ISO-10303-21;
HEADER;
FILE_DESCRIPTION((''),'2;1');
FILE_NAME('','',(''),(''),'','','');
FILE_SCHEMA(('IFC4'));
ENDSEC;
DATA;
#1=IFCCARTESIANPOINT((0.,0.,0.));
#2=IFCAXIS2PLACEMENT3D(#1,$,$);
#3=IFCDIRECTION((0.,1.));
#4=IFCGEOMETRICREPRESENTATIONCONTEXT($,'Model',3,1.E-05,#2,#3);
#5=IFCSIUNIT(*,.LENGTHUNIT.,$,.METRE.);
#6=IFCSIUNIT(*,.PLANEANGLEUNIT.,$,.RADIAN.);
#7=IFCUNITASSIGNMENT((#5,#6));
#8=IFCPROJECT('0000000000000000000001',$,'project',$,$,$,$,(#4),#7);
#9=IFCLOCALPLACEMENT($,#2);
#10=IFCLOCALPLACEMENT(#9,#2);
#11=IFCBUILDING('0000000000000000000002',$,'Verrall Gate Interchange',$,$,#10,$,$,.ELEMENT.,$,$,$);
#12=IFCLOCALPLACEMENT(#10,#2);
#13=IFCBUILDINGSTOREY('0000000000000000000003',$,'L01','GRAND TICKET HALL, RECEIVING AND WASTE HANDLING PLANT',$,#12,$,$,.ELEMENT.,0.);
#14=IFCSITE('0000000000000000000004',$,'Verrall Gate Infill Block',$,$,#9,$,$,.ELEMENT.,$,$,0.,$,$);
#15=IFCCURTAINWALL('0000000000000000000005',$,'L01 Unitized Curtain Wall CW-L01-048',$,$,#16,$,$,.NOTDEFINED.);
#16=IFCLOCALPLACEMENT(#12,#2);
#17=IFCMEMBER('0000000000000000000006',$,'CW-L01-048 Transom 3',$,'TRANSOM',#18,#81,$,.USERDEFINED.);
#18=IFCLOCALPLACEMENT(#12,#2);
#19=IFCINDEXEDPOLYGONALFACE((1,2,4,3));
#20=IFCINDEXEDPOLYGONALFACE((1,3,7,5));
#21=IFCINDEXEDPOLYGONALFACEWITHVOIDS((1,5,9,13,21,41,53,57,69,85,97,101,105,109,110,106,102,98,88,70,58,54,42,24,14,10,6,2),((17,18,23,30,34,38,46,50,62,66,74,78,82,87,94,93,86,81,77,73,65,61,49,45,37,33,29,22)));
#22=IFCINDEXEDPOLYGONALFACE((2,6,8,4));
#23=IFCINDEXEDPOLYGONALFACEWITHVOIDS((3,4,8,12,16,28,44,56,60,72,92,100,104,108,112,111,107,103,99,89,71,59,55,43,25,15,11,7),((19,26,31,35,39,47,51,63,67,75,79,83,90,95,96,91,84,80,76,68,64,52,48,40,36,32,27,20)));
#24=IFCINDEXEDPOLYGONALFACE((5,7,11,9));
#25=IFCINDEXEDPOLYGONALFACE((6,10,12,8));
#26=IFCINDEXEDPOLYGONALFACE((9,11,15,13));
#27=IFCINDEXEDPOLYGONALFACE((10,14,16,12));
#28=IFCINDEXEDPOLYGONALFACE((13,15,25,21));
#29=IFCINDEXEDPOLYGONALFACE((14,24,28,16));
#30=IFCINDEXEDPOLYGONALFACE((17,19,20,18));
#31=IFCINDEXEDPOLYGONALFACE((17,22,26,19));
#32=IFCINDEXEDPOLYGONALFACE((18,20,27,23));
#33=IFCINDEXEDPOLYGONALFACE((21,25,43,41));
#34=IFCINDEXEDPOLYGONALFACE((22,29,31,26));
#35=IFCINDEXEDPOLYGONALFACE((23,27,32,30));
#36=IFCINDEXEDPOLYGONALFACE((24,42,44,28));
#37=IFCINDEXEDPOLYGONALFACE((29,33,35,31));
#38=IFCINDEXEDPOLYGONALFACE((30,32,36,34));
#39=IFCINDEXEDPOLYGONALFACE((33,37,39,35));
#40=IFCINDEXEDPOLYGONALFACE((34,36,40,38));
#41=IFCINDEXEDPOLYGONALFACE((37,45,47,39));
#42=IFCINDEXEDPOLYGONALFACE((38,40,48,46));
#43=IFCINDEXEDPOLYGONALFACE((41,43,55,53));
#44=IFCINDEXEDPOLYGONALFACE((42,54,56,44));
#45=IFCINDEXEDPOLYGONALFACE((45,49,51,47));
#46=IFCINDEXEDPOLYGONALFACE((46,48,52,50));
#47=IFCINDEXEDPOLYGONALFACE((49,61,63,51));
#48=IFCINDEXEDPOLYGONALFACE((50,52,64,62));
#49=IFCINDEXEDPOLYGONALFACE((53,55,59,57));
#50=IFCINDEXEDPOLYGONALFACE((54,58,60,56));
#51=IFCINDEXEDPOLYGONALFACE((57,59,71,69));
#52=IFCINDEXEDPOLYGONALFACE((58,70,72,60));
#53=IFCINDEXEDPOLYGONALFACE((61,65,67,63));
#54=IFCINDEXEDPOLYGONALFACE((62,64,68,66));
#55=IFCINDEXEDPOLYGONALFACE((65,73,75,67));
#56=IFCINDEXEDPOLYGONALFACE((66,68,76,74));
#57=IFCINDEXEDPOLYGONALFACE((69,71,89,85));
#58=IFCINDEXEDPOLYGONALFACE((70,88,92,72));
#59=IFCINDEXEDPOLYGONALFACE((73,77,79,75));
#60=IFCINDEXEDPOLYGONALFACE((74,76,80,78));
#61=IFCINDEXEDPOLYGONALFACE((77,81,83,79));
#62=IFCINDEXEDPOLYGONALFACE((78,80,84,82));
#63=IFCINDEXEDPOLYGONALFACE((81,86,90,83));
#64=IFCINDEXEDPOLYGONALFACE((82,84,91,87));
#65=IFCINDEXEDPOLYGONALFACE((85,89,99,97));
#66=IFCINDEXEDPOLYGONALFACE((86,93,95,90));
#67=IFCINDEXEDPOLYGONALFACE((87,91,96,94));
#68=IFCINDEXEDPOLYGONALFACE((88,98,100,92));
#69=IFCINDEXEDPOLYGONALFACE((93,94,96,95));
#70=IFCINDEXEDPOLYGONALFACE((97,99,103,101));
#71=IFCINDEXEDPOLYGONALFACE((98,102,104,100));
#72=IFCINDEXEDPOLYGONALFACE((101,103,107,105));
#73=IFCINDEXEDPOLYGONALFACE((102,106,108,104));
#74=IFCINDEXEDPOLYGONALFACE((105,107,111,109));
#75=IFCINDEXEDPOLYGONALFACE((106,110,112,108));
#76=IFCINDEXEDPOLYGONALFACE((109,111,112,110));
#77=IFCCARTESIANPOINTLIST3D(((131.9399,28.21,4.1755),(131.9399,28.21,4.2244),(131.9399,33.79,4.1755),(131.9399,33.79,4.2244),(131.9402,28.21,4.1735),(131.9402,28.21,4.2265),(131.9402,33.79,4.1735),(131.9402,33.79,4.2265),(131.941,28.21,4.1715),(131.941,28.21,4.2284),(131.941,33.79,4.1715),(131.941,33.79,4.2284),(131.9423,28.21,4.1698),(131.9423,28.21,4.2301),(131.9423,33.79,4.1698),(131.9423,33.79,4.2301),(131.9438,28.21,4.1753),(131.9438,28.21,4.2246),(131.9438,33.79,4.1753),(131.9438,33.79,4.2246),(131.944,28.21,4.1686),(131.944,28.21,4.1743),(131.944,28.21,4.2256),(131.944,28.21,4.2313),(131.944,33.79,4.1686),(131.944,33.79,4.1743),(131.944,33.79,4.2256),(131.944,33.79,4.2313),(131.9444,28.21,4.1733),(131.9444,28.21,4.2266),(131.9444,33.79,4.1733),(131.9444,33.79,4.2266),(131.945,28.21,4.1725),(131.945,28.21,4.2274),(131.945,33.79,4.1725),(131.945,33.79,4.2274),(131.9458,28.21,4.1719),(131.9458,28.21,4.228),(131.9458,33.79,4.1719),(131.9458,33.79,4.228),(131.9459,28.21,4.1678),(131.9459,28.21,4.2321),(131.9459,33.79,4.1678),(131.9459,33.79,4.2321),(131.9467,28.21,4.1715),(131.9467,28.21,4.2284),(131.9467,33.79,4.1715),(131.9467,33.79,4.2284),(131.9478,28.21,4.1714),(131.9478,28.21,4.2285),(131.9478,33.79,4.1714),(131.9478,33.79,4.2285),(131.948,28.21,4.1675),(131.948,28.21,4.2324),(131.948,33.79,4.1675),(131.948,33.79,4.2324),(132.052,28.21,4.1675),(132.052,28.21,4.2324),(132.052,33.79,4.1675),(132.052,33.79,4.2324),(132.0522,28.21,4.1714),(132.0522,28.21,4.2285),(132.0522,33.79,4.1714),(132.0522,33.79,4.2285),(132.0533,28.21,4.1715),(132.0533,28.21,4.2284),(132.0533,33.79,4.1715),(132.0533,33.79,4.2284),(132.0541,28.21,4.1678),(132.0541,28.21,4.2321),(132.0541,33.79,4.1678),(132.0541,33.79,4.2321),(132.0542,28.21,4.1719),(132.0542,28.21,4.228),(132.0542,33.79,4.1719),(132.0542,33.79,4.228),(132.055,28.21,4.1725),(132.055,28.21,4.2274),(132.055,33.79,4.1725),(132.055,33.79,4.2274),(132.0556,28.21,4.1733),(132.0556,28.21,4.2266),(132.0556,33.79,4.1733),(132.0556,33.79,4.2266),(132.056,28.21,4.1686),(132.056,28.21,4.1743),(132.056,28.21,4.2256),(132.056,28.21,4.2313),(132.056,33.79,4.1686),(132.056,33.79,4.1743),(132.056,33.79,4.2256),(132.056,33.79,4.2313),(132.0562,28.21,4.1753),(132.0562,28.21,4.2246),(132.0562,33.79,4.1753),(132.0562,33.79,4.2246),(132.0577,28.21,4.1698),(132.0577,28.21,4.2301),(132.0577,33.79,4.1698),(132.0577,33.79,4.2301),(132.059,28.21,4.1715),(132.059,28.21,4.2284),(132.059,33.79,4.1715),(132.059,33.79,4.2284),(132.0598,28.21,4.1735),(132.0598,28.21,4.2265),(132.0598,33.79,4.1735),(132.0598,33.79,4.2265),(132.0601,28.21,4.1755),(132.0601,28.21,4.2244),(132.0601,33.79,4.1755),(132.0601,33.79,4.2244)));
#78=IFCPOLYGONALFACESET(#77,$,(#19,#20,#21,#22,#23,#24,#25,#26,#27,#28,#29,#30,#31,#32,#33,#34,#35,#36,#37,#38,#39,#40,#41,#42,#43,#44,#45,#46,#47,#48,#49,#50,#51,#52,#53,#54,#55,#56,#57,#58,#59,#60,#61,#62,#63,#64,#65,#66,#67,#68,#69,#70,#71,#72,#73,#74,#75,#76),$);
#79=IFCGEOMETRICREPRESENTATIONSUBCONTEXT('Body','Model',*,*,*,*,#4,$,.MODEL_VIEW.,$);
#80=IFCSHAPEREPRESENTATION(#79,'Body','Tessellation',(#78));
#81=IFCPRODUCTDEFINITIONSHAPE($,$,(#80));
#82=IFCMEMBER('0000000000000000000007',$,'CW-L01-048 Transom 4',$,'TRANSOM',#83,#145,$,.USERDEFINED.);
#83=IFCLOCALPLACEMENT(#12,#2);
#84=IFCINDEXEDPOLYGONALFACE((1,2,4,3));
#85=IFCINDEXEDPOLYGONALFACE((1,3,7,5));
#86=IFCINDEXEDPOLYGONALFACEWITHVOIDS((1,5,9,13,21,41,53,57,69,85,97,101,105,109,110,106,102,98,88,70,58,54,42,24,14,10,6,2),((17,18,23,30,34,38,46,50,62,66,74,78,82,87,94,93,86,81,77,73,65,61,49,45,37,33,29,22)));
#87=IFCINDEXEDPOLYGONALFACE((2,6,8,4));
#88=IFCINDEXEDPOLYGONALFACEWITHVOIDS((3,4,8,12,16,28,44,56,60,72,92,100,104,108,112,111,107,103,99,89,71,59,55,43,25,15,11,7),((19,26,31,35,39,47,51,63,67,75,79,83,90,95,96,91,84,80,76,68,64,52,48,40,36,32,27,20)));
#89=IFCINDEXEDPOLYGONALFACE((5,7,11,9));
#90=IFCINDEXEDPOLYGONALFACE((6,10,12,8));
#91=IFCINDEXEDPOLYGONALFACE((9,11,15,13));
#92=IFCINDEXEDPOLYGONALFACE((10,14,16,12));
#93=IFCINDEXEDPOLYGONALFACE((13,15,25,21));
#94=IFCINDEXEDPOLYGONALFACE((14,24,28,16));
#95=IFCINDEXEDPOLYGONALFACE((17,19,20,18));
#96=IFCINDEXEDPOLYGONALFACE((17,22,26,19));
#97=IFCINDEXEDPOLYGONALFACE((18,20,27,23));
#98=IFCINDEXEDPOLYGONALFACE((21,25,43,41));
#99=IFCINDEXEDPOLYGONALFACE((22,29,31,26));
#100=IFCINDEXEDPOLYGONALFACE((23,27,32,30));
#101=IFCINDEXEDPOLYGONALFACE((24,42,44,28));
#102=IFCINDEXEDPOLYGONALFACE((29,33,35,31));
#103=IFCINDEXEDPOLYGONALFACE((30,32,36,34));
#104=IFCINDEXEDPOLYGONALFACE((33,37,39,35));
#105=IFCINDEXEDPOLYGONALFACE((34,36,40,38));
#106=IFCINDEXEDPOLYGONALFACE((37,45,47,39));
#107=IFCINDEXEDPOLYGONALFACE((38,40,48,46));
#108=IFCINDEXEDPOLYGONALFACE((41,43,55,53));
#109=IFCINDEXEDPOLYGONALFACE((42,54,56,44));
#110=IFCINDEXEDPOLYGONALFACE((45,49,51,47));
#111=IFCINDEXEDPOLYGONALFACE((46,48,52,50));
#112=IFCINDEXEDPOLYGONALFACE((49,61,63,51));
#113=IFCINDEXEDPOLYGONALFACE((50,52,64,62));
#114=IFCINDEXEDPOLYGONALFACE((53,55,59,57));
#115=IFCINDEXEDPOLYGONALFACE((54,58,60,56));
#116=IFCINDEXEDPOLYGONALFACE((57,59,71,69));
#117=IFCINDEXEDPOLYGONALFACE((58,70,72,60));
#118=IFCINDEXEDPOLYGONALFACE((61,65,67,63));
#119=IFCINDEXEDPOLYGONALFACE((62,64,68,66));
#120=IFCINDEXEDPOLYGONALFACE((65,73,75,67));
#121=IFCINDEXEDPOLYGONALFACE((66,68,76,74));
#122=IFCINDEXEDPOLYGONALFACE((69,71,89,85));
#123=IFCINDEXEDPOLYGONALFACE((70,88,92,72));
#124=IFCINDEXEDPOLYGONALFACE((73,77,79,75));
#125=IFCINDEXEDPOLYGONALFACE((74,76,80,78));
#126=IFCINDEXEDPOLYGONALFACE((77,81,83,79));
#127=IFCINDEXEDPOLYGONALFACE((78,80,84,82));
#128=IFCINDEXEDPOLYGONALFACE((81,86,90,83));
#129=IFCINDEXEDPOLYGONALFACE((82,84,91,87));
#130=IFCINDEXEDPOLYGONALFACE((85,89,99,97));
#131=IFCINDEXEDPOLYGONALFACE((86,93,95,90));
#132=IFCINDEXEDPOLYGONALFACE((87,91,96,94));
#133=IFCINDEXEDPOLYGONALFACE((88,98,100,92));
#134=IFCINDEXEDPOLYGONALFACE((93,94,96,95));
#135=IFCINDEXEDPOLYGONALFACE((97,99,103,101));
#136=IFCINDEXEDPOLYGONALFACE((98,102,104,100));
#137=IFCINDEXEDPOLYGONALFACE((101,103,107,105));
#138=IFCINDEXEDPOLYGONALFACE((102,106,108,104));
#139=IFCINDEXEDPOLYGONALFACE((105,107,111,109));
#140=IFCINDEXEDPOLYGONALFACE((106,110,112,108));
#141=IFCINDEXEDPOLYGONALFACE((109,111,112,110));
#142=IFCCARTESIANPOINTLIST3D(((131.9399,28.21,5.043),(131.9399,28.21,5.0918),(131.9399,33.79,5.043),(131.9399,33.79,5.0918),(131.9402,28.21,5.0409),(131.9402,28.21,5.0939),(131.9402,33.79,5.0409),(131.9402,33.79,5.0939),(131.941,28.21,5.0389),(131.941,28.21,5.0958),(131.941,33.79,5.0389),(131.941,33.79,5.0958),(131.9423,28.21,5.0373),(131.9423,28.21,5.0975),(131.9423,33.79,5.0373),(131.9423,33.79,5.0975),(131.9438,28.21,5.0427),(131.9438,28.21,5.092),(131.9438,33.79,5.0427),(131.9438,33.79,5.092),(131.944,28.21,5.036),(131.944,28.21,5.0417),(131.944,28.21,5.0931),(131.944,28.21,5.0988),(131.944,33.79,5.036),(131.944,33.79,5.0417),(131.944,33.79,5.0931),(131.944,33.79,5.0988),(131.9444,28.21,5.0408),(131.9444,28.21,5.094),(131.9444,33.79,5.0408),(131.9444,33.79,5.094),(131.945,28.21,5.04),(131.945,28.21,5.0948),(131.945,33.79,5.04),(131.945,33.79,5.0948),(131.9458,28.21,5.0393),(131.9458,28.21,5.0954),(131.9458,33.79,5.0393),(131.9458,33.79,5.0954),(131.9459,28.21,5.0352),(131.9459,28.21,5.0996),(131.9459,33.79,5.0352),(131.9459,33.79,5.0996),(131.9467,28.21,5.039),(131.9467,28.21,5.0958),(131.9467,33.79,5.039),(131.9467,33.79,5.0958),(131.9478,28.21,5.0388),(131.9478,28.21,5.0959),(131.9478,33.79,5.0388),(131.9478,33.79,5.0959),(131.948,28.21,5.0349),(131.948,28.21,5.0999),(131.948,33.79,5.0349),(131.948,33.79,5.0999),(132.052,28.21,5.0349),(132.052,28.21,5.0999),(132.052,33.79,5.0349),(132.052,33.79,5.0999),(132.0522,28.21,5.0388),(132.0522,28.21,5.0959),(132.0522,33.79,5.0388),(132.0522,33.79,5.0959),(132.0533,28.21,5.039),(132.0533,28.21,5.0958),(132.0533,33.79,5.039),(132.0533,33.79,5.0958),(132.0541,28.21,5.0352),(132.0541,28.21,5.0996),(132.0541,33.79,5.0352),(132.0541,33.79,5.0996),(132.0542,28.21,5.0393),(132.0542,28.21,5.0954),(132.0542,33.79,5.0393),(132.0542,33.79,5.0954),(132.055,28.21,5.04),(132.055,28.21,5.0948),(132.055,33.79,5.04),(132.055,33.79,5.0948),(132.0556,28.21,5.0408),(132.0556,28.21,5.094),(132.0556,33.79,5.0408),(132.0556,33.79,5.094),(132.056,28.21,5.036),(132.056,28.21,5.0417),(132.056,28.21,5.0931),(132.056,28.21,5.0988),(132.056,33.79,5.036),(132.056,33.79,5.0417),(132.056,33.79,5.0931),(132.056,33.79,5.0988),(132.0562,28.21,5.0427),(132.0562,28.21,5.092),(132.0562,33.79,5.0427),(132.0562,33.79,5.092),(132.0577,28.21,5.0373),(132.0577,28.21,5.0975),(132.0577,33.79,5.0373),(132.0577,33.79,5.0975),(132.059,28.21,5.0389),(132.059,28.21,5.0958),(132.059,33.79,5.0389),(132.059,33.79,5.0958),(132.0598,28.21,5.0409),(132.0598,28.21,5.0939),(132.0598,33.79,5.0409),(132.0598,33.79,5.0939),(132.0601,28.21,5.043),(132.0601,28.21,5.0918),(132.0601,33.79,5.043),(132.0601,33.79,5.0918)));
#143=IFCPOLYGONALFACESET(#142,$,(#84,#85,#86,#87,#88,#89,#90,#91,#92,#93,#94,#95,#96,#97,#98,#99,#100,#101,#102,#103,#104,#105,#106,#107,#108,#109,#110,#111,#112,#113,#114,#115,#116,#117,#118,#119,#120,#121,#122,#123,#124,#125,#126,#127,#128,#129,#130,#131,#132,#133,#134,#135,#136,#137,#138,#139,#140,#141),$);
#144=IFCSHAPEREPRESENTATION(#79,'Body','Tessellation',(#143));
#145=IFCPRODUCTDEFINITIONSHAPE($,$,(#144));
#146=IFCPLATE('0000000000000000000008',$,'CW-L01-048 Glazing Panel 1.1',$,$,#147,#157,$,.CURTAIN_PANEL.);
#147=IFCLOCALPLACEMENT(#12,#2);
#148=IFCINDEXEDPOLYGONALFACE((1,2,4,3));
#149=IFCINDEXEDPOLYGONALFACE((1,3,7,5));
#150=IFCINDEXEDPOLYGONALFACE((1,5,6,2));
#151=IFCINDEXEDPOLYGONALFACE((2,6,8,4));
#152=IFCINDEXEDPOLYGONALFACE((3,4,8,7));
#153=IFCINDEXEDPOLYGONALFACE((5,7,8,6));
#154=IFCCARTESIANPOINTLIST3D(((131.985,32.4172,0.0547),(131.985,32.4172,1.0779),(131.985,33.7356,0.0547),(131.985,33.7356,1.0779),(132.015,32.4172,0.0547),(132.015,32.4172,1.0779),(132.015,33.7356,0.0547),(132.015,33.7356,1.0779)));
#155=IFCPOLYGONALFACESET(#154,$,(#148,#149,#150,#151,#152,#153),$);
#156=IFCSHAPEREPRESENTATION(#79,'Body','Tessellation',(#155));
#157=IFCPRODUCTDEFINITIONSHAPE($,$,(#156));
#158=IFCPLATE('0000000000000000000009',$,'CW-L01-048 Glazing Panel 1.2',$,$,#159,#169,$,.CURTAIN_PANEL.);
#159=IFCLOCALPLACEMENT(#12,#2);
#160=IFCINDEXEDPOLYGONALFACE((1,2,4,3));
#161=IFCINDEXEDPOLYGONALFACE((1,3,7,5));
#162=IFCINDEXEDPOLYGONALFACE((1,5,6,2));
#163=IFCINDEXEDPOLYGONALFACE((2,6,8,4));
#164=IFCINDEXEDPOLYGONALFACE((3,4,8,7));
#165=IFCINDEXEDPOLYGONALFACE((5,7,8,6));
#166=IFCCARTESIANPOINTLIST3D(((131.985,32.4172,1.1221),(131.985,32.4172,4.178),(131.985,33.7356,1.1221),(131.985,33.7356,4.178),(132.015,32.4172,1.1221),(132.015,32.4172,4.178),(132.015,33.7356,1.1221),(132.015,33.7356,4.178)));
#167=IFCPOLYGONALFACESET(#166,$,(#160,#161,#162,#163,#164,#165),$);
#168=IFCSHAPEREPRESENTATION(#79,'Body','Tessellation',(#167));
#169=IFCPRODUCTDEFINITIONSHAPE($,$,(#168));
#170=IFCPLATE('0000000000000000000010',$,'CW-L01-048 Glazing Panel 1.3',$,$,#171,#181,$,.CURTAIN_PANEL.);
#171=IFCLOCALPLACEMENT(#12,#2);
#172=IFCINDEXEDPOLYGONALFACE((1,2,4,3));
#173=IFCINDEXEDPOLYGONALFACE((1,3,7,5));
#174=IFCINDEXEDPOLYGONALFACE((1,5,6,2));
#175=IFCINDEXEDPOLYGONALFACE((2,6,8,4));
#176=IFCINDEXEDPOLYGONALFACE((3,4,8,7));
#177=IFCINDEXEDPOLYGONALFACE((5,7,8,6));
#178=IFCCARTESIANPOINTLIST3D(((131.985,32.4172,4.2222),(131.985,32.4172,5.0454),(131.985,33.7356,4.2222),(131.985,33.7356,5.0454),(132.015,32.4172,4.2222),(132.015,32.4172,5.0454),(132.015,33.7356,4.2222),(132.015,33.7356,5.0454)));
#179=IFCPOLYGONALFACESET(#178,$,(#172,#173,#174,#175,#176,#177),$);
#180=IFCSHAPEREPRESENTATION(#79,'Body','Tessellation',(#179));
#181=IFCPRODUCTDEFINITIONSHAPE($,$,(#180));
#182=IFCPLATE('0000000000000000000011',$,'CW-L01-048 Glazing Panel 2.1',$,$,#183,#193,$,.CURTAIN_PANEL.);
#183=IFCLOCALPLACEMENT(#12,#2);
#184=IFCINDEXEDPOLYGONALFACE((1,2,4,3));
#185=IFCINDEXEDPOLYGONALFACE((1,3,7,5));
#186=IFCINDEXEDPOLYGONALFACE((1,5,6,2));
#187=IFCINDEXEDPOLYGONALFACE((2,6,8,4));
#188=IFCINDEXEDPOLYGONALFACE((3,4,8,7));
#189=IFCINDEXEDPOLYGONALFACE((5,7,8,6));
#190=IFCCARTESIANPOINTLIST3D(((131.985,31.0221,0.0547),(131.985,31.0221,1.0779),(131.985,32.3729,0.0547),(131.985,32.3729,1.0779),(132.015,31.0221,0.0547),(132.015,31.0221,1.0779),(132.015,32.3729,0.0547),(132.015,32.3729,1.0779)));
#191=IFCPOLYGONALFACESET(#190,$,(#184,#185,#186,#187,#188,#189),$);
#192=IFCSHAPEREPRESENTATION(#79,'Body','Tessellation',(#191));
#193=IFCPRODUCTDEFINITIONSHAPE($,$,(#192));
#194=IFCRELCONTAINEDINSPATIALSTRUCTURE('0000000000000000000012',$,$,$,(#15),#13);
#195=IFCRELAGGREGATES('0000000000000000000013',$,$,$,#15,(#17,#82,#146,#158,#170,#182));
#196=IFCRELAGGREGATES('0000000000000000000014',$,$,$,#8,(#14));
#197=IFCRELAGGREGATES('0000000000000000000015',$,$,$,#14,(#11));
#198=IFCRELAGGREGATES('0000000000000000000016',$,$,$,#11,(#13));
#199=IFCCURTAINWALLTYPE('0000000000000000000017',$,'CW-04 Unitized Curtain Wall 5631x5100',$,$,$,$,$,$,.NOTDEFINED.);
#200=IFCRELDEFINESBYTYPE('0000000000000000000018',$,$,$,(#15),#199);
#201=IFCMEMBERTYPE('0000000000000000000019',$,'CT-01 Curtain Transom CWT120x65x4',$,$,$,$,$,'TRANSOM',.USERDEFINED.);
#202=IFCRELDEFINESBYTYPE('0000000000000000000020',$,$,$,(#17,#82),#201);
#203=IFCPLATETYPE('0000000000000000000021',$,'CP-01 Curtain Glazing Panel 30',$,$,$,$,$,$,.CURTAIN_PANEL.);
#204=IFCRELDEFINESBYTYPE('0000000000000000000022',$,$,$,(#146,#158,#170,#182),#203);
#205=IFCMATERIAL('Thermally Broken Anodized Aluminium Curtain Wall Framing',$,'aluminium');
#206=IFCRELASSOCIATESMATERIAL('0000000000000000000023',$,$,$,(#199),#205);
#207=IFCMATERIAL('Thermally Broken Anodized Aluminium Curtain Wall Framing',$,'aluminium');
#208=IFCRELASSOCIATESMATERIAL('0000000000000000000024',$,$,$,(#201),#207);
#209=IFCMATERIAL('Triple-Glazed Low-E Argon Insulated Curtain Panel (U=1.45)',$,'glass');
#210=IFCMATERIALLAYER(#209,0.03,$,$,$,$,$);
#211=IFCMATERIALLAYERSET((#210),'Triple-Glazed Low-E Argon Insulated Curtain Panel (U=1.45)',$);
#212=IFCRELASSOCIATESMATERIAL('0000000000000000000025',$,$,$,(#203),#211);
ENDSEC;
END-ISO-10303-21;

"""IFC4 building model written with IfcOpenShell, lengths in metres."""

from ifc_helpers import new_model, si_unit, direction, frame, origin, origin_2d, place, context, subcontext, project, spatial, rectangle, hollow_rectangle, extrude, material, layer, layer_set, material_profile, profile_set, type_object, element, aggregate, save


model = new_model("IFC4")

# Units and contexts
model_context = context("Model", 3, precision=1e-05, world=origin(), true_north=direction((0.0, 1.0)))
body_context = subcontext(model_context, "Body", "Model", "MODEL_VIEW")
ifc_project = project(units=[si_unit("LENGTHUNIT", "METRE"), si_unit("PLANEANGLEUNIT", "RADIAN")], contexts=[model_context])

# Site, building, storey
site_placement = place(None, origin())
site = spatial("IfcSite", under=ifc_project, at=site_placement, Name="Verrall Gate Infill Block", CompositionType="ELEMENT", RefElevation=0.0)
building_placement = place(site_placement, origin())
building = spatial("IfcBuilding", under=site, at=building_placement, Name="Verrall Gate Interchange", CompositionType="ELEMENT")
storey_placement = place(building_placement, origin())
storey = spatial("IfcBuildingStorey", under=building, at=storey_placement, Name="L01", Description="GRAND TICKET HALL, RECEIVING AND WASTE HANDLING PLANT", CompositionType="ELEMENT", Elevation=0.0)

# Curtain wall, members, plates
ifc_material_1 = material(Name="Thermally Broken Anodized Aluminium Curtain Wall Framing", Category="aluminium")
curtain_wall_type = type_object("IfcCurtainWallType", Name="CW-04 Unitized Curtain Wall 5631x5100", PredefinedType="NOTDEFINED", material=ifc_material_1)
curtain_wall_placement = place(storey_placement, origin())
curtain_wall = element("IfcCurtainWall", 1, at=curtain_wall_placement, inside=storey, type_object=curtain_wall_type, Name="L01 Unitized Curtain Wall CW-L01-048", PredefinedType="NOTDEFINED")
ifc_material_2 = material(Name="Thermally Broken Anodized Aluminium Curtain Wall Framing", Category="aluminium")
ifc_material_profile_1 = material_profile(ifc_material_2, hollow_rectangle(XDim=0.1201, YDim=0.0649, WallThickness=0.0039, InnerFilletRadius=0.0039, OuterFilletRadius=0.0081, at=origin_2d()), Name="CWT120x65x4")
ifc_profile_set_1 = profile_set([ifc_material_profile_1], Name="Thermally Broken Anodized Aluminium Curtain Wall Framing")
member_type_1 = type_object("IfcMemberType", Name="CT-01 Curtain Transom CWT120x65x4", ElementType="TRANSOM", PredefinedType="USERDEFINED", material=ifc_profile_set_1)
member_1_placement = place(storey_placement, frame((132.0, 33.79, 4.2), z_axis=(0.0, -1.0, 0.0), x_axis=(1.0, 0.0, 0.0)))
member_1 = element("IfcMember", 2, at=member_1_placement, type_object=member_type_1, Name="CW-L01-048 Transom 3", ObjectType="TRANSOM", PredefinedType="USERDEFINED", context=body_context, shape_type="SweptSolid", body=[
    extrude(hollow_rectangle(XDim=0.1201, YDim=0.0649, WallThickness=0.0039, InnerFilletRadius=0.0039, OuterFilletRadius=0.0081, at=origin_2d()), origin(), (0.0, 0.0, 1.0), 5.5801),
])
member_2_placement = place(storey_placement, frame((132.0, 33.79, 5.0674), z_axis=(0.0, -1.0, 0.0), x_axis=(1.0, 0.0, 0.0)))
member_2 = element("IfcMember", 3, at=member_2_placement, type_object=member_type_1, Name="CW-L01-048 Transom 4", ObjectType="TRANSOM", PredefinedType="USERDEFINED", context=body_context, shape_type="SweptSolid", body=[
    extrude(hollow_rectangle(XDim=0.1201, YDim=0.0649, WallThickness=0.0039, InnerFilletRadius=0.0039, OuterFilletRadius=0.0081, at=origin_2d()), origin(), (0.0, 0.0, 1.0), 5.5801),
])
ifc_material_3 = material(Name="Triple-Glazed Low-E Argon Insulated Curtain Panel (U=1.45)", Category="glass")
ifc_layer_1 = layer(ifc_material_3, 0.03)
ifc_layer_set_1 = layer_set([ifc_layer_1], Name="Triple-Glazed Low-E Argon Insulated Curtain Panel (U=1.45)")
plate_type = type_object("IfcPlateType", Name="CP-01 Curtain Glazing Panel 30", PredefinedType="CURTAIN_PANEL", material=ifc_layer_set_1)
plate_1_placement = place(storey_placement, frame((132.0, 33.0764, 0.0547), z_axis=(0.0, 0.0, 1.0), x_axis=(0.0, -1.0, 0.0)))
plate_1 = element("IfcPlate", 4, at=plate_1_placement, type_object=plate_type, Name="CW-L01-048 Glazing Panel 1.1", PredefinedType="CURTAIN_PANEL", context=body_context, shape_type="SweptSolid", body=[
    extrude(rectangle(XDim=1.3184, YDim=0.03, at=origin_2d()), origin(), (0.0, 0.0, 1.0), 1.0232),
])
plate_2_placement = place(storey_placement, frame((132.0, 33.0764, 1.1221), z_axis=(0.0, 0.0, 1.0), x_axis=(0.0, -1.0, 0.0)))
plate_2 = element("IfcPlate", 5, at=plate_2_placement, type_object=plate_type, Name="CW-L01-048 Glazing Panel 1.2", PredefinedType="CURTAIN_PANEL", context=body_context, shape_type="SweptSolid", body=[
    extrude(rectangle(XDim=1.3184, YDim=0.03, at=origin_2d()), origin(), (0.0, 0.0, 1.0), 3.0559),
])
plate_3_placement = place(storey_placement, frame((132.0, 33.0764, 4.2222), z_axis=(0.0, 0.0, 1.0), x_axis=(0.0, -1.0, 0.0)))
plate_3 = element("IfcPlate", 6, at=plate_3_placement, type_object=plate_type, Name="CW-L01-048 Glazing Panel 1.3", PredefinedType="CURTAIN_PANEL", context=body_context, shape_type="SweptSolid", body=[
    extrude(rectangle(XDim=1.3184, YDim=0.03, at=origin_2d()), origin(), (0.0, 0.0, 1.0), 0.8232),
])
plate_4_placement = place(storey_placement, frame((132.0, 31.6975, 0.0547), z_axis=(0.0, 0.0, 1.0), x_axis=(0.0, -1.0, 0.0)))
plate_4 = element("IfcPlate", 7, at=plate_4_placement, type_object=plate_type, Name="CW-L01-048 Glazing Panel 2.1", PredefinedType="CURTAIN_PANEL", context=body_context, shape_type="SweptSolid", body=[
    extrude(rectangle(XDim=1.3508, YDim=0.03, at=origin_2d()), origin(), (0.0, 0.0, 1.0), 1.0232),
])
aggregate(curtain_wall, [member_1, member_2, plate_1, plate_2, plate_3, plate_4])

save(model, "model.ifc")
